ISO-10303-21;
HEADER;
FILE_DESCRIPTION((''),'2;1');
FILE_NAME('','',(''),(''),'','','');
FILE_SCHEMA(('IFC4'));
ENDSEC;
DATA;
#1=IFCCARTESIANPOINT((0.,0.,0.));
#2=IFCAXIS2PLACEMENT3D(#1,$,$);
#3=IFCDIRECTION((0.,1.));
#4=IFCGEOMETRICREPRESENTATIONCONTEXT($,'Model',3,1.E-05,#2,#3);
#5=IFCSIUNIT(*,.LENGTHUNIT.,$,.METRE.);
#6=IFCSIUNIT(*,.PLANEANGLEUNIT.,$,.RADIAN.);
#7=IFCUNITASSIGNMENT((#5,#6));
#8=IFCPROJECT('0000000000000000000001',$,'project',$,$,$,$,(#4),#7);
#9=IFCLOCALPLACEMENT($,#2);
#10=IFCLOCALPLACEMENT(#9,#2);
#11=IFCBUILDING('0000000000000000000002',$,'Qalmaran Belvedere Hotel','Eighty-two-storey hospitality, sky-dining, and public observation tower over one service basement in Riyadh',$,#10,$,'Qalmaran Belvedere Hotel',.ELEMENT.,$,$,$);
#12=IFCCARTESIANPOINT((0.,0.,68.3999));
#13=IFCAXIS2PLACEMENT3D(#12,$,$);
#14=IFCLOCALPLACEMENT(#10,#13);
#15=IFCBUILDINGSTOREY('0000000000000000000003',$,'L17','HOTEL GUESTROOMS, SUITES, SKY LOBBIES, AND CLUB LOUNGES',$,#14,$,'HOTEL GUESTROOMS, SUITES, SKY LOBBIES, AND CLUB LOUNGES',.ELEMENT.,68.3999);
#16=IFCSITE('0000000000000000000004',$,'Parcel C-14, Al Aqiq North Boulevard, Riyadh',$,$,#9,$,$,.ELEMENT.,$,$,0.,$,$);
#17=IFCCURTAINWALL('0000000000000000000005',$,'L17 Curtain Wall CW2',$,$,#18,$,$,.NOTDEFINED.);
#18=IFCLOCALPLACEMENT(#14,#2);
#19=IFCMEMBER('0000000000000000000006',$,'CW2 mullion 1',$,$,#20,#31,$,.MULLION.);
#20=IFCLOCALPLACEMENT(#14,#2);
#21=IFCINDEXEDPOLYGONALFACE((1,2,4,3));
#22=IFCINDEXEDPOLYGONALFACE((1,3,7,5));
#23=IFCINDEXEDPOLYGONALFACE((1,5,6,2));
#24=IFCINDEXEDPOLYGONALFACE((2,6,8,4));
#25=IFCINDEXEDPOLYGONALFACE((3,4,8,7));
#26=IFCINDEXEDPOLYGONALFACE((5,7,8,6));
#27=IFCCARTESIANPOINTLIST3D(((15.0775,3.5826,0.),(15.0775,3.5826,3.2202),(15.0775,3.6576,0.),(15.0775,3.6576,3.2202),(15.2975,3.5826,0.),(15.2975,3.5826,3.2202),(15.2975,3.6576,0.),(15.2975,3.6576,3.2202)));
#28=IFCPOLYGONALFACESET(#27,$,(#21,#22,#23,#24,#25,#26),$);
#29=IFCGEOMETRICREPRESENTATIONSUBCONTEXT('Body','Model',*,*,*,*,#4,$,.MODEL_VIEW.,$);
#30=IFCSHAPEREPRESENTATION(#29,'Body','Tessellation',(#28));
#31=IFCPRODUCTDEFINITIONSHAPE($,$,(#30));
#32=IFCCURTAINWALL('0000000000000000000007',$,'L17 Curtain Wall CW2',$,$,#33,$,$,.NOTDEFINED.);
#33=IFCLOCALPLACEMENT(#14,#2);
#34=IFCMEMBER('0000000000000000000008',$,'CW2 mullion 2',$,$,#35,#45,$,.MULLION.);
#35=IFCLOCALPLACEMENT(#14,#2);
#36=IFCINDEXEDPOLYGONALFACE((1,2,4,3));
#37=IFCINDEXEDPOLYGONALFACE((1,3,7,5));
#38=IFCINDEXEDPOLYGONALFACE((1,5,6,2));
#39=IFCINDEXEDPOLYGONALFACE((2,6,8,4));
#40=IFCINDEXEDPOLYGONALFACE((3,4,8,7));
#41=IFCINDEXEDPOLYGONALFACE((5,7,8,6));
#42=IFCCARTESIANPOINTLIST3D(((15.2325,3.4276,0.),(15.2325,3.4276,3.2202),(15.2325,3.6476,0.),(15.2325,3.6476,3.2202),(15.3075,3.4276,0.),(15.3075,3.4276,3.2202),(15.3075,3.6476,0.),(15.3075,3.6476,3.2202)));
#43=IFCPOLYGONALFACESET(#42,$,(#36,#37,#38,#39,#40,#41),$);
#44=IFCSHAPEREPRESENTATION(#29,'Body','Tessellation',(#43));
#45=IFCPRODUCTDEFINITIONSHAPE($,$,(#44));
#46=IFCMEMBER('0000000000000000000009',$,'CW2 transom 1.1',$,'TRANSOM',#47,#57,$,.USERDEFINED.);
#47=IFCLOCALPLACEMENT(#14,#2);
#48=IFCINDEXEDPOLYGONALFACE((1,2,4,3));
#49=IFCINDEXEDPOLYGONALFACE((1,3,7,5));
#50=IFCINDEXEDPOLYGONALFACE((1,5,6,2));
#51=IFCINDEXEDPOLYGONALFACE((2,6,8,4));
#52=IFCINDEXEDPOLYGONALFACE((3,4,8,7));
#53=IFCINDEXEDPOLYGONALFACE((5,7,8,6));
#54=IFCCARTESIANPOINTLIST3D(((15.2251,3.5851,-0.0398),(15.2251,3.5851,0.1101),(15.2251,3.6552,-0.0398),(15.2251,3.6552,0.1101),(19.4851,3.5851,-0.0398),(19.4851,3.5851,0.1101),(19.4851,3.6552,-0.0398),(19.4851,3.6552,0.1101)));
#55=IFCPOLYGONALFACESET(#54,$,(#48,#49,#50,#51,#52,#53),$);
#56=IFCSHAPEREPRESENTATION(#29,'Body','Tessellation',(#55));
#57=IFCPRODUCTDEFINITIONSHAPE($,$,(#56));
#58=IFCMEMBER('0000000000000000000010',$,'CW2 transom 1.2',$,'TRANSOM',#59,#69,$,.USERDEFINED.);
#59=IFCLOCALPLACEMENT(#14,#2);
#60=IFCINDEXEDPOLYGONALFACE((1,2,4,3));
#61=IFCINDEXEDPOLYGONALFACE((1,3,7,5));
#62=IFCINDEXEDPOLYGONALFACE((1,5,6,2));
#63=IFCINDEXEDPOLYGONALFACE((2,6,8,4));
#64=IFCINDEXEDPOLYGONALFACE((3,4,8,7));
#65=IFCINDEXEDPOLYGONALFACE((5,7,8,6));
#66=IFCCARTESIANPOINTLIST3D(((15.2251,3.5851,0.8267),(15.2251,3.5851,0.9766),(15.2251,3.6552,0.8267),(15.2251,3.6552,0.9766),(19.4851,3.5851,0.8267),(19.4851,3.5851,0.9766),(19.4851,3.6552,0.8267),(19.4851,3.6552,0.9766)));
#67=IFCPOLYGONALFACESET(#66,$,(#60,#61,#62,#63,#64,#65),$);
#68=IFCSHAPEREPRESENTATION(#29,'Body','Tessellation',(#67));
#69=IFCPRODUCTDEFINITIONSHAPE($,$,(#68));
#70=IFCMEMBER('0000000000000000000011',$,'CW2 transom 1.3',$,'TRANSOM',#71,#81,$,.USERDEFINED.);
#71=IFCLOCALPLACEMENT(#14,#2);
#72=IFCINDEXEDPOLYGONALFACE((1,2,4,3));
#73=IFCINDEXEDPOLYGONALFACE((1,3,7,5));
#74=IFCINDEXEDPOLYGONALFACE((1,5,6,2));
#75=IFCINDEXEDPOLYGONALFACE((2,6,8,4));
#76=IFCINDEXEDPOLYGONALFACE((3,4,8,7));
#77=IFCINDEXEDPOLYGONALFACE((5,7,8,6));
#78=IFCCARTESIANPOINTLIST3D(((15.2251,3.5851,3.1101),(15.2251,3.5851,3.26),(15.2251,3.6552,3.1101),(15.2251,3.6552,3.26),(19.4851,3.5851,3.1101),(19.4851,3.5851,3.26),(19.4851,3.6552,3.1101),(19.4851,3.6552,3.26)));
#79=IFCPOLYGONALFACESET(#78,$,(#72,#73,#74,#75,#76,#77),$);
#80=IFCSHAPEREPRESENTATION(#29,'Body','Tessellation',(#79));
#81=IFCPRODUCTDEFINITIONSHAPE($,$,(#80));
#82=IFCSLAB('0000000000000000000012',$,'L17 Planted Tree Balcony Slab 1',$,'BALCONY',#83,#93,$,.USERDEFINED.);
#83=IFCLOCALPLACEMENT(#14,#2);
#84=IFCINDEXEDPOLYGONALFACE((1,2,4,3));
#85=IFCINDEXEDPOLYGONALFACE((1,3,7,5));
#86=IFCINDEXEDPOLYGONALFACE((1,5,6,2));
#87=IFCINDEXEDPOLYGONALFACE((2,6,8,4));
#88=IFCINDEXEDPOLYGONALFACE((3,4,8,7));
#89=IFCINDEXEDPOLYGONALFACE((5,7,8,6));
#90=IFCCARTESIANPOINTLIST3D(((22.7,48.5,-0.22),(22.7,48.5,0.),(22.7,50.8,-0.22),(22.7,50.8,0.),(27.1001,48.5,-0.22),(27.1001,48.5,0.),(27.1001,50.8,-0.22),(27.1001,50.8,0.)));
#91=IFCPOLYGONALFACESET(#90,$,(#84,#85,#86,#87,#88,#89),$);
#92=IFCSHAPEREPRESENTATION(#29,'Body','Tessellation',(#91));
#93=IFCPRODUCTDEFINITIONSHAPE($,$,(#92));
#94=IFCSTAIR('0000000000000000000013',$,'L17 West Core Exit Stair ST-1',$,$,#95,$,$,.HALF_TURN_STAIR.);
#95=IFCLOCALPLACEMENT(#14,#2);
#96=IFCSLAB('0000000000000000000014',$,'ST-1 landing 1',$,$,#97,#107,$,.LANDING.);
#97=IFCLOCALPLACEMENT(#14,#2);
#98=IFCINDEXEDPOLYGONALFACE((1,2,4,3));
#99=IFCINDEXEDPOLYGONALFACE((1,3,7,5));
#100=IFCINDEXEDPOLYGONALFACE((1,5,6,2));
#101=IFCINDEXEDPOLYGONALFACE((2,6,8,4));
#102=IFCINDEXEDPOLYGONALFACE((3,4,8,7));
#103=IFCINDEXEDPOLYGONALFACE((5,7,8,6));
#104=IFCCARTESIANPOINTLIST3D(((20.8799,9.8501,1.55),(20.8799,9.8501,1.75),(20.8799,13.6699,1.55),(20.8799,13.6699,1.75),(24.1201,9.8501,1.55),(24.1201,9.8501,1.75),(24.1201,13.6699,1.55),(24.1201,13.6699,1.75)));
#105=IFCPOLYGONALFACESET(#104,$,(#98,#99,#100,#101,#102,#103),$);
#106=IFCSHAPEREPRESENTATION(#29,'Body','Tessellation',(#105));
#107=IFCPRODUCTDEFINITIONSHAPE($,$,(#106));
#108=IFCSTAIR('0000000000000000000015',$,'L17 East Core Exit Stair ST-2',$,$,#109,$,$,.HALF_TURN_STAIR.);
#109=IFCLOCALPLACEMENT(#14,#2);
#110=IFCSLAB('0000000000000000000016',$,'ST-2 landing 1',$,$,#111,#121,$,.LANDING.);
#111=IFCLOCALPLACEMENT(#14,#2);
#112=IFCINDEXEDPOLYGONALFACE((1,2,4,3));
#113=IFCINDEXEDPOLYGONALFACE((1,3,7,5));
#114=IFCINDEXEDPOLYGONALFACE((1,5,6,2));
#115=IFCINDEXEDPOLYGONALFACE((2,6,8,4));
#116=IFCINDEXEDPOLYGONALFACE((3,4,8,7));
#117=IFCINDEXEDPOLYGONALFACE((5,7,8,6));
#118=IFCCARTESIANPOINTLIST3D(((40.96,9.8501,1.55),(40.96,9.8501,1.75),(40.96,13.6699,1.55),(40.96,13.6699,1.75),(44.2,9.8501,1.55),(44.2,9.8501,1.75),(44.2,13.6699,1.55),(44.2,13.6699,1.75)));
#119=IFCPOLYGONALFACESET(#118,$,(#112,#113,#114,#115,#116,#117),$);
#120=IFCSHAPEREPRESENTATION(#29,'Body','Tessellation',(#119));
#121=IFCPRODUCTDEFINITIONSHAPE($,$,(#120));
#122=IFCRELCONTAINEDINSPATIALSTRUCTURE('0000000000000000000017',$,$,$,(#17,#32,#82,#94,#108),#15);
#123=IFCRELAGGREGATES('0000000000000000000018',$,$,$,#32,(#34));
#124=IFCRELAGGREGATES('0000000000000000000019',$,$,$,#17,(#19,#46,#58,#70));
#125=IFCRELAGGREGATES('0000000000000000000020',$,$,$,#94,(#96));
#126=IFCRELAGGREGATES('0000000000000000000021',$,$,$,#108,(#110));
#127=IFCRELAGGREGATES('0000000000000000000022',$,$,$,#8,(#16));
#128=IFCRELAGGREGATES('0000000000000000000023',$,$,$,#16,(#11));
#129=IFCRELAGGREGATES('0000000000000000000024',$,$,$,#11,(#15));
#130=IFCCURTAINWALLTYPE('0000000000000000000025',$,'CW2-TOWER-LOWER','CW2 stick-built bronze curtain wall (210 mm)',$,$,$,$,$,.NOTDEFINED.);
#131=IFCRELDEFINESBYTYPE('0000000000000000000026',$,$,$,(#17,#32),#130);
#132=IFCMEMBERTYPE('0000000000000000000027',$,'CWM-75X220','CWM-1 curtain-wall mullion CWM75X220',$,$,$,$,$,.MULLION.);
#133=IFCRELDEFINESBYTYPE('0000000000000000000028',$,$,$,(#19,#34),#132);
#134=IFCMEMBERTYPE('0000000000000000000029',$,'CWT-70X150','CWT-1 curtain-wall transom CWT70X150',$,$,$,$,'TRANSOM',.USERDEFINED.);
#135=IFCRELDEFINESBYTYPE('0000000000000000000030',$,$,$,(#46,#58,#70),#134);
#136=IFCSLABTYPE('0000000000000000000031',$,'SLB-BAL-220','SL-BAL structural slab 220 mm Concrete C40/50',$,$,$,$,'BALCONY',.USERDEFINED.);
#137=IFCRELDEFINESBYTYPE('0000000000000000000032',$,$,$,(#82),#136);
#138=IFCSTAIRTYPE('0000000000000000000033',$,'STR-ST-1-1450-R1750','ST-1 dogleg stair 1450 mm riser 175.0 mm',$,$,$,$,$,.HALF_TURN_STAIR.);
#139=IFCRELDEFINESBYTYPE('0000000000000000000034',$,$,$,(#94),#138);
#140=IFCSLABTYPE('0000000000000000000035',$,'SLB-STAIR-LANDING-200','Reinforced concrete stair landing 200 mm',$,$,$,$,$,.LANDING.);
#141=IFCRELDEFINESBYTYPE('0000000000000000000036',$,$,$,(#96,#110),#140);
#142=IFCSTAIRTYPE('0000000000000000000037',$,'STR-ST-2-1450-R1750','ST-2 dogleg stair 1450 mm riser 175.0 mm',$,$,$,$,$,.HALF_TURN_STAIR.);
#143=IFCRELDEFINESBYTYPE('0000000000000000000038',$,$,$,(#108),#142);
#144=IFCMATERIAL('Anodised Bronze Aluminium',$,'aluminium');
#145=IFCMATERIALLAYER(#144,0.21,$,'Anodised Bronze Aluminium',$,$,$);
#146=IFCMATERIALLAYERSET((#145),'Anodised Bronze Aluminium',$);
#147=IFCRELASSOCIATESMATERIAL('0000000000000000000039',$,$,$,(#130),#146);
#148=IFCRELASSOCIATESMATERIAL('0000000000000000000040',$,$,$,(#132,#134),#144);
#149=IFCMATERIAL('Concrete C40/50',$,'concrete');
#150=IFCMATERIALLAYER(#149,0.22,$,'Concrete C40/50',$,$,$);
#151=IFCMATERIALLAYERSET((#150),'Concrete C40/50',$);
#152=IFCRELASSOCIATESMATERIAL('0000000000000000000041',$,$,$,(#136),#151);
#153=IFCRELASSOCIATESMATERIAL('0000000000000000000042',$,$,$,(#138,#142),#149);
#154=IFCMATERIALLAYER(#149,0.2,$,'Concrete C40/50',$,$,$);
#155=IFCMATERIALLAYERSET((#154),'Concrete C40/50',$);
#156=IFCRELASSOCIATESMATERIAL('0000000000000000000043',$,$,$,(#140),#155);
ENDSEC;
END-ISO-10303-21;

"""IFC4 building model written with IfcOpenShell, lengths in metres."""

from ifc_helpers import new_model, si_unit, direction, frame, origin, origin_2d, place, context, subcontext, project, spatial, polyline, rectangle, outline, extrude, material, layer, layer_set, material_profile, profile_set, type_object, element, aggregate, save


model = new_model("IFC4")

# Units and contexts
model_context = context("Model", 3, precision=1e-05, world=origin(), true_north=direction((0.0, 1.0)))
body_context = subcontext(model_context, "Body", "Model", "MODEL_VIEW")
ifc_project = project(units=[si_unit("LENGTHUNIT", "METRE"), si_unit("PLANEANGLEUNIT", "RADIAN")], contexts=[model_context])

# Site, building, storey
site_placement = place(None, origin())
site = spatial("IfcSite", under=ifc_project, at=site_placement, Name="Parcel C-14, Al Aqiq North Boulevard, Riyadh", CompositionType="ELEMENT", RefElevation=0.0)
building_placement = place(site_placement, origin())
building = spatial("IfcBuilding", under=site, at=building_placement, Name="Qalmaran Belvedere Hotel", Description="Eighty-two-storey hospitality, sky-dining, and public observation tower over one service basement in Riyadh", LongName="Qalmaran Belvedere Hotel", CompositionType="ELEMENT")
storey_placement = place(building_placement, frame((0.0, 0.0, 68.3999)))
storey = spatial("IfcBuildingStorey", under=building, at=storey_placement, Name="L17", Description="HOTEL GUESTROOMS, SUITES, SKY LOBBIES, AND CLUB LOUNGES", LongName="HOTEL GUESTROOMS, SUITES, SKY LOBBIES, AND CLUB LOUNGES", CompositionType="ELEMENT", Elevation=68.3999)

# Curtain walls, members
ifc_material_1 = material(Name="Anodised Bronze Aluminium", Category="aluminium")
ifc_layer_1 = layer(ifc_material_1, 0.21, Name="Anodised Bronze Aluminium")
ifc_layer_set_1 = layer_set([ifc_layer_1], Name="Anodised Bronze Aluminium")
curtain_wall_type = type_object("IfcCurtainWallType", Name="CW2-TOWER-LOWER", Description="CW2 stick-built bronze curtain wall (210 mm)", PredefinedType="NOTDEFINED", material=ifc_layer_set_1)
curtain_wall_1_placement = place(storey_placement, origin())
curtain_wall_1 = element("IfcCurtainWall", 1, at=curtain_wall_1_placement, inside=storey, type_object=curtain_wall_type, Name="L17 Curtain Wall CW2", PredefinedType="NOTDEFINED")
ifc_material_profile_1 = material_profile(ifc_material_1, rectangle(XDim=0.075, YDim=0.22, at=origin_2d()), Name="CWM75X220")
ifc_profile_set_1 = profile_set([ifc_material_profile_1], Name="Anodised Bronze Aluminium")
member_type_1 = type_object("IfcMemberType", Name="CWM-75X220", Description="CWM-1 curtain-wall mullion CWM75X220", PredefinedType="MULLION", material=ifc_profile_set_1)
member_1_placement = place(storey_placement, frame((15.1875, 3.6201, 0.0), z_axis=(0.0, 0.0, 1.0), x_axis=(0.0, 1.0, 0.0)))
member_1 = element("IfcMember", 2, at=member_1_placement, type_object=member_type_1, Name="CW2 mullion 1", PredefinedType="MULLION", context=body_context, shape_type="SweptSolid", body=[
    extrude(rectangle(XDim=0.075, YDim=0.22, at=origin_2d()), origin(), (0.0, 0.0, 1.0), 3.2202),
])
curtain_wall_2_placement = place(storey_placement, origin())
curtain_wall_2 = element("IfcCurtainWall", 3, at=curtain_wall_2_placement, inside=storey, type_object=curtain_wall_type, Name="L17 Curtain Wall CW2", PredefinedType="NOTDEFINED")
member_2_placement = place(storey_placement, frame((15.27, 3.5376, 0.0), z_axis=(0.0, 0.0, 1.0), x_axis=(1.0, 0.0, 0.0)))
member_2 = element("IfcMember", 4, at=member_2_placement, type_object=member_type_1, Name="CW2 mullion 2", PredefinedType="MULLION", context=body_context, shape_type="SweptSolid", body=[
    extrude(rectangle(XDim=0.075, YDim=0.22, at=origin_2d()), origin(), (0.0, 0.0, 1.0), 3.2202),
])
aggregate(curtain_wall_2, [member_2])

# Members
ifc_material_profile_2 = material_profile(ifc_material_1, rectangle(XDim=0.0701, YDim=0.1499, at=origin_2d()), Name="CWT70X150")
ifc_profile_set_2 = profile_set([ifc_material_profile_2], Name="Anodised Bronze Aluminium")
member_type_2 = type_object("IfcMemberType", Name="CWT-70X150", Description="CWT-1 curtain-wall transom CWT70X150", ElementType="TRANSOM", PredefinedType="USERDEFINED", material=ifc_profile_set_2)
member_3_placement = place(storey_placement, frame((15.2251, 3.6201, 0.0352), z_axis=(1.0, 0.0, 0.0), x_axis=(0.0, 1.0, 0.0)))
member_3 = element("IfcMember", 5, at=member_3_placement, type_object=member_type_2, Name="CW2 transom 1.1", ObjectType="TRANSOM", PredefinedType="USERDEFINED", context=body_context, shape_type="SweptSolid", body=[
    extrude(rectangle(XDim=0.0701, YDim=0.1499, at=origin_2d()), origin(), (0.0, 0.0, 1.0), 4.26),
])
member_4_placement = place(storey_placement, frame((15.2251, 3.6201, 0.9016), z_axis=(1.0, 0.0, 0.0), x_axis=(0.0, 1.0, 0.0)))
member_4 = element("IfcMember", 6, at=member_4_placement, type_object=member_type_2, Name="CW2 transom 1.2", ObjectType="TRANSOM", PredefinedType="USERDEFINED", context=body_context, shape_type="SweptSolid", body=[
    extrude(rectangle(XDim=0.0701, YDim=0.1499, at=origin_2d()), origin(), (0.0, 0.0, 1.0), 4.26),
])
member_5_placement = place(storey_placement, frame((15.2251, 3.6201, 3.1851), z_axis=(1.0, 0.0, 0.0), x_axis=(0.0, 1.0, 0.0)))
member_5 = element("IfcMember", 7, at=member_5_placement, type_object=member_type_2, Name="CW2 transom 1.3", ObjectType="TRANSOM", PredefinedType="USERDEFINED", context=body_context, shape_type="SweptSolid", body=[
    extrude(rectangle(XDim=0.0701, YDim=0.1499, at=origin_2d()), origin(), (0.0, 0.0, 1.0), 4.26),
])
aggregate(curtain_wall_1, [member_1, member_3, member_4, member_5])

# Slab
ifc_material_2 = material(Name="Concrete C40/50", Category="concrete")
ifc_layer_2 = layer(ifc_material_2, 0.22, Name="Concrete C40/50")
ifc_layer_set_2 = layer_set([ifc_layer_2], Name="Concrete C40/50")
slab_type_1 = type_object("IfcSlabType", Name="SLB-BAL-220", Description="SL-BAL structural slab 220 mm Concrete C40/50", ElementType="BALCONY", PredefinedType="USERDEFINED", material=ifc_layer_set_2)
slab_1_placement = place(storey_placement, frame((0.0, 0.0, -0.22)))
element("IfcSlab", 8, at=slab_1_placement, inside=storey, type_object=slab_type_1, Name="L17 Planted Tree Balcony Slab 1", ObjectType="BALCONY", PredefinedType="USERDEFINED", context=body_context, shape_type="SweptSolid", body=[
    extrude(outline(polyline([(22.7, 48.5), (27.1001, 48.5), (27.1001, 50.8), (22.7, 50.8), (22.7, 48.5)])), origin(), (0.0, 0.0, 1.0), 0.22),
])

# Stairs, slabs
stair_type_1 = type_object("IfcStairType", Name="STR-ST-1-1450-R1750", Description="ST-1 dogleg stair 1450 mm riser 175.0 mm", PredefinedType="HALF_TURN_STAIR", material=ifc_material_2)
stair_1_placement = place(storey_placement, origin())
stair_1 = element("IfcStair", 9, at=stair_1_placement, inside=storey, type_object=stair_type_1, Name="L17 West Core Exit Stair ST-1", PredefinedType="HALF_TURN_STAIR")
ifc_layer_3 = layer(ifc_material_2, 0.2, Name="Concrete C40/50")
ifc_layer_set_3 = layer_set([ifc_layer_3], Name="Concrete C40/50")
slab_type_2 = type_object("IfcSlabType", Name="SLB-STAIR-LANDING-200", Description="Reinforced concrete stair landing 200 mm", PredefinedType="LANDING", material=ifc_layer_set_3)
slab_2_placement = place(storey_placement, frame((0.0, 0.0, 1.55)))
slab_2 = element("IfcSlab", 10, at=slab_2_placement, type_object=slab_type_2, Name="ST-1 landing 1", PredefinedType="LANDING", context=body_context, shape_type="SweptSolid", body=[
    extrude(outline(polyline([(20.8799, 13.6699), (20.8799, 9.8501), (24.1201, 9.8501), (24.1201, 13.6699), (20.8799, 13.6699)])), origin(), (0.0, 0.0, 1.0), 0.2),
])
aggregate(stair_1, [slab_2])
stair_type_2 = type_object("IfcStairType", Name="STR-ST-2-1450-R1750", Description="ST-2 dogleg stair 1450 mm riser 175.0 mm", PredefinedType="HALF_TURN_STAIR", material=ifc_material_2)
stair_2_placement = place(storey_placement, origin())
stair_2 = element("IfcStair", 11, at=stair_2_placement, inside=storey, type_object=stair_type_2, Name="L17 East Core Exit Stair ST-2", PredefinedType="HALF_TURN_STAIR")
slab_3_placement = place(storey_placement, frame((0.0, 0.0, 1.55)))
slab_3 = element("IfcSlab", 12, at=slab_3_placement, type_object=slab_type_2, Name="ST-2 landing 1", PredefinedType="LANDING", context=body_context, shape_type="SweptSolid", body=[
    extrude(outline(polyline([(40.96, 13.6699), (40.96, 9.8501), (44.2, 9.8501), (44.2, 13.6699), (40.96, 13.6699)])), origin(), (0.0, 0.0, 1.0), 0.2),
])
aggregate(stair_2, [slab_3])

save(model, "model.ifc")
